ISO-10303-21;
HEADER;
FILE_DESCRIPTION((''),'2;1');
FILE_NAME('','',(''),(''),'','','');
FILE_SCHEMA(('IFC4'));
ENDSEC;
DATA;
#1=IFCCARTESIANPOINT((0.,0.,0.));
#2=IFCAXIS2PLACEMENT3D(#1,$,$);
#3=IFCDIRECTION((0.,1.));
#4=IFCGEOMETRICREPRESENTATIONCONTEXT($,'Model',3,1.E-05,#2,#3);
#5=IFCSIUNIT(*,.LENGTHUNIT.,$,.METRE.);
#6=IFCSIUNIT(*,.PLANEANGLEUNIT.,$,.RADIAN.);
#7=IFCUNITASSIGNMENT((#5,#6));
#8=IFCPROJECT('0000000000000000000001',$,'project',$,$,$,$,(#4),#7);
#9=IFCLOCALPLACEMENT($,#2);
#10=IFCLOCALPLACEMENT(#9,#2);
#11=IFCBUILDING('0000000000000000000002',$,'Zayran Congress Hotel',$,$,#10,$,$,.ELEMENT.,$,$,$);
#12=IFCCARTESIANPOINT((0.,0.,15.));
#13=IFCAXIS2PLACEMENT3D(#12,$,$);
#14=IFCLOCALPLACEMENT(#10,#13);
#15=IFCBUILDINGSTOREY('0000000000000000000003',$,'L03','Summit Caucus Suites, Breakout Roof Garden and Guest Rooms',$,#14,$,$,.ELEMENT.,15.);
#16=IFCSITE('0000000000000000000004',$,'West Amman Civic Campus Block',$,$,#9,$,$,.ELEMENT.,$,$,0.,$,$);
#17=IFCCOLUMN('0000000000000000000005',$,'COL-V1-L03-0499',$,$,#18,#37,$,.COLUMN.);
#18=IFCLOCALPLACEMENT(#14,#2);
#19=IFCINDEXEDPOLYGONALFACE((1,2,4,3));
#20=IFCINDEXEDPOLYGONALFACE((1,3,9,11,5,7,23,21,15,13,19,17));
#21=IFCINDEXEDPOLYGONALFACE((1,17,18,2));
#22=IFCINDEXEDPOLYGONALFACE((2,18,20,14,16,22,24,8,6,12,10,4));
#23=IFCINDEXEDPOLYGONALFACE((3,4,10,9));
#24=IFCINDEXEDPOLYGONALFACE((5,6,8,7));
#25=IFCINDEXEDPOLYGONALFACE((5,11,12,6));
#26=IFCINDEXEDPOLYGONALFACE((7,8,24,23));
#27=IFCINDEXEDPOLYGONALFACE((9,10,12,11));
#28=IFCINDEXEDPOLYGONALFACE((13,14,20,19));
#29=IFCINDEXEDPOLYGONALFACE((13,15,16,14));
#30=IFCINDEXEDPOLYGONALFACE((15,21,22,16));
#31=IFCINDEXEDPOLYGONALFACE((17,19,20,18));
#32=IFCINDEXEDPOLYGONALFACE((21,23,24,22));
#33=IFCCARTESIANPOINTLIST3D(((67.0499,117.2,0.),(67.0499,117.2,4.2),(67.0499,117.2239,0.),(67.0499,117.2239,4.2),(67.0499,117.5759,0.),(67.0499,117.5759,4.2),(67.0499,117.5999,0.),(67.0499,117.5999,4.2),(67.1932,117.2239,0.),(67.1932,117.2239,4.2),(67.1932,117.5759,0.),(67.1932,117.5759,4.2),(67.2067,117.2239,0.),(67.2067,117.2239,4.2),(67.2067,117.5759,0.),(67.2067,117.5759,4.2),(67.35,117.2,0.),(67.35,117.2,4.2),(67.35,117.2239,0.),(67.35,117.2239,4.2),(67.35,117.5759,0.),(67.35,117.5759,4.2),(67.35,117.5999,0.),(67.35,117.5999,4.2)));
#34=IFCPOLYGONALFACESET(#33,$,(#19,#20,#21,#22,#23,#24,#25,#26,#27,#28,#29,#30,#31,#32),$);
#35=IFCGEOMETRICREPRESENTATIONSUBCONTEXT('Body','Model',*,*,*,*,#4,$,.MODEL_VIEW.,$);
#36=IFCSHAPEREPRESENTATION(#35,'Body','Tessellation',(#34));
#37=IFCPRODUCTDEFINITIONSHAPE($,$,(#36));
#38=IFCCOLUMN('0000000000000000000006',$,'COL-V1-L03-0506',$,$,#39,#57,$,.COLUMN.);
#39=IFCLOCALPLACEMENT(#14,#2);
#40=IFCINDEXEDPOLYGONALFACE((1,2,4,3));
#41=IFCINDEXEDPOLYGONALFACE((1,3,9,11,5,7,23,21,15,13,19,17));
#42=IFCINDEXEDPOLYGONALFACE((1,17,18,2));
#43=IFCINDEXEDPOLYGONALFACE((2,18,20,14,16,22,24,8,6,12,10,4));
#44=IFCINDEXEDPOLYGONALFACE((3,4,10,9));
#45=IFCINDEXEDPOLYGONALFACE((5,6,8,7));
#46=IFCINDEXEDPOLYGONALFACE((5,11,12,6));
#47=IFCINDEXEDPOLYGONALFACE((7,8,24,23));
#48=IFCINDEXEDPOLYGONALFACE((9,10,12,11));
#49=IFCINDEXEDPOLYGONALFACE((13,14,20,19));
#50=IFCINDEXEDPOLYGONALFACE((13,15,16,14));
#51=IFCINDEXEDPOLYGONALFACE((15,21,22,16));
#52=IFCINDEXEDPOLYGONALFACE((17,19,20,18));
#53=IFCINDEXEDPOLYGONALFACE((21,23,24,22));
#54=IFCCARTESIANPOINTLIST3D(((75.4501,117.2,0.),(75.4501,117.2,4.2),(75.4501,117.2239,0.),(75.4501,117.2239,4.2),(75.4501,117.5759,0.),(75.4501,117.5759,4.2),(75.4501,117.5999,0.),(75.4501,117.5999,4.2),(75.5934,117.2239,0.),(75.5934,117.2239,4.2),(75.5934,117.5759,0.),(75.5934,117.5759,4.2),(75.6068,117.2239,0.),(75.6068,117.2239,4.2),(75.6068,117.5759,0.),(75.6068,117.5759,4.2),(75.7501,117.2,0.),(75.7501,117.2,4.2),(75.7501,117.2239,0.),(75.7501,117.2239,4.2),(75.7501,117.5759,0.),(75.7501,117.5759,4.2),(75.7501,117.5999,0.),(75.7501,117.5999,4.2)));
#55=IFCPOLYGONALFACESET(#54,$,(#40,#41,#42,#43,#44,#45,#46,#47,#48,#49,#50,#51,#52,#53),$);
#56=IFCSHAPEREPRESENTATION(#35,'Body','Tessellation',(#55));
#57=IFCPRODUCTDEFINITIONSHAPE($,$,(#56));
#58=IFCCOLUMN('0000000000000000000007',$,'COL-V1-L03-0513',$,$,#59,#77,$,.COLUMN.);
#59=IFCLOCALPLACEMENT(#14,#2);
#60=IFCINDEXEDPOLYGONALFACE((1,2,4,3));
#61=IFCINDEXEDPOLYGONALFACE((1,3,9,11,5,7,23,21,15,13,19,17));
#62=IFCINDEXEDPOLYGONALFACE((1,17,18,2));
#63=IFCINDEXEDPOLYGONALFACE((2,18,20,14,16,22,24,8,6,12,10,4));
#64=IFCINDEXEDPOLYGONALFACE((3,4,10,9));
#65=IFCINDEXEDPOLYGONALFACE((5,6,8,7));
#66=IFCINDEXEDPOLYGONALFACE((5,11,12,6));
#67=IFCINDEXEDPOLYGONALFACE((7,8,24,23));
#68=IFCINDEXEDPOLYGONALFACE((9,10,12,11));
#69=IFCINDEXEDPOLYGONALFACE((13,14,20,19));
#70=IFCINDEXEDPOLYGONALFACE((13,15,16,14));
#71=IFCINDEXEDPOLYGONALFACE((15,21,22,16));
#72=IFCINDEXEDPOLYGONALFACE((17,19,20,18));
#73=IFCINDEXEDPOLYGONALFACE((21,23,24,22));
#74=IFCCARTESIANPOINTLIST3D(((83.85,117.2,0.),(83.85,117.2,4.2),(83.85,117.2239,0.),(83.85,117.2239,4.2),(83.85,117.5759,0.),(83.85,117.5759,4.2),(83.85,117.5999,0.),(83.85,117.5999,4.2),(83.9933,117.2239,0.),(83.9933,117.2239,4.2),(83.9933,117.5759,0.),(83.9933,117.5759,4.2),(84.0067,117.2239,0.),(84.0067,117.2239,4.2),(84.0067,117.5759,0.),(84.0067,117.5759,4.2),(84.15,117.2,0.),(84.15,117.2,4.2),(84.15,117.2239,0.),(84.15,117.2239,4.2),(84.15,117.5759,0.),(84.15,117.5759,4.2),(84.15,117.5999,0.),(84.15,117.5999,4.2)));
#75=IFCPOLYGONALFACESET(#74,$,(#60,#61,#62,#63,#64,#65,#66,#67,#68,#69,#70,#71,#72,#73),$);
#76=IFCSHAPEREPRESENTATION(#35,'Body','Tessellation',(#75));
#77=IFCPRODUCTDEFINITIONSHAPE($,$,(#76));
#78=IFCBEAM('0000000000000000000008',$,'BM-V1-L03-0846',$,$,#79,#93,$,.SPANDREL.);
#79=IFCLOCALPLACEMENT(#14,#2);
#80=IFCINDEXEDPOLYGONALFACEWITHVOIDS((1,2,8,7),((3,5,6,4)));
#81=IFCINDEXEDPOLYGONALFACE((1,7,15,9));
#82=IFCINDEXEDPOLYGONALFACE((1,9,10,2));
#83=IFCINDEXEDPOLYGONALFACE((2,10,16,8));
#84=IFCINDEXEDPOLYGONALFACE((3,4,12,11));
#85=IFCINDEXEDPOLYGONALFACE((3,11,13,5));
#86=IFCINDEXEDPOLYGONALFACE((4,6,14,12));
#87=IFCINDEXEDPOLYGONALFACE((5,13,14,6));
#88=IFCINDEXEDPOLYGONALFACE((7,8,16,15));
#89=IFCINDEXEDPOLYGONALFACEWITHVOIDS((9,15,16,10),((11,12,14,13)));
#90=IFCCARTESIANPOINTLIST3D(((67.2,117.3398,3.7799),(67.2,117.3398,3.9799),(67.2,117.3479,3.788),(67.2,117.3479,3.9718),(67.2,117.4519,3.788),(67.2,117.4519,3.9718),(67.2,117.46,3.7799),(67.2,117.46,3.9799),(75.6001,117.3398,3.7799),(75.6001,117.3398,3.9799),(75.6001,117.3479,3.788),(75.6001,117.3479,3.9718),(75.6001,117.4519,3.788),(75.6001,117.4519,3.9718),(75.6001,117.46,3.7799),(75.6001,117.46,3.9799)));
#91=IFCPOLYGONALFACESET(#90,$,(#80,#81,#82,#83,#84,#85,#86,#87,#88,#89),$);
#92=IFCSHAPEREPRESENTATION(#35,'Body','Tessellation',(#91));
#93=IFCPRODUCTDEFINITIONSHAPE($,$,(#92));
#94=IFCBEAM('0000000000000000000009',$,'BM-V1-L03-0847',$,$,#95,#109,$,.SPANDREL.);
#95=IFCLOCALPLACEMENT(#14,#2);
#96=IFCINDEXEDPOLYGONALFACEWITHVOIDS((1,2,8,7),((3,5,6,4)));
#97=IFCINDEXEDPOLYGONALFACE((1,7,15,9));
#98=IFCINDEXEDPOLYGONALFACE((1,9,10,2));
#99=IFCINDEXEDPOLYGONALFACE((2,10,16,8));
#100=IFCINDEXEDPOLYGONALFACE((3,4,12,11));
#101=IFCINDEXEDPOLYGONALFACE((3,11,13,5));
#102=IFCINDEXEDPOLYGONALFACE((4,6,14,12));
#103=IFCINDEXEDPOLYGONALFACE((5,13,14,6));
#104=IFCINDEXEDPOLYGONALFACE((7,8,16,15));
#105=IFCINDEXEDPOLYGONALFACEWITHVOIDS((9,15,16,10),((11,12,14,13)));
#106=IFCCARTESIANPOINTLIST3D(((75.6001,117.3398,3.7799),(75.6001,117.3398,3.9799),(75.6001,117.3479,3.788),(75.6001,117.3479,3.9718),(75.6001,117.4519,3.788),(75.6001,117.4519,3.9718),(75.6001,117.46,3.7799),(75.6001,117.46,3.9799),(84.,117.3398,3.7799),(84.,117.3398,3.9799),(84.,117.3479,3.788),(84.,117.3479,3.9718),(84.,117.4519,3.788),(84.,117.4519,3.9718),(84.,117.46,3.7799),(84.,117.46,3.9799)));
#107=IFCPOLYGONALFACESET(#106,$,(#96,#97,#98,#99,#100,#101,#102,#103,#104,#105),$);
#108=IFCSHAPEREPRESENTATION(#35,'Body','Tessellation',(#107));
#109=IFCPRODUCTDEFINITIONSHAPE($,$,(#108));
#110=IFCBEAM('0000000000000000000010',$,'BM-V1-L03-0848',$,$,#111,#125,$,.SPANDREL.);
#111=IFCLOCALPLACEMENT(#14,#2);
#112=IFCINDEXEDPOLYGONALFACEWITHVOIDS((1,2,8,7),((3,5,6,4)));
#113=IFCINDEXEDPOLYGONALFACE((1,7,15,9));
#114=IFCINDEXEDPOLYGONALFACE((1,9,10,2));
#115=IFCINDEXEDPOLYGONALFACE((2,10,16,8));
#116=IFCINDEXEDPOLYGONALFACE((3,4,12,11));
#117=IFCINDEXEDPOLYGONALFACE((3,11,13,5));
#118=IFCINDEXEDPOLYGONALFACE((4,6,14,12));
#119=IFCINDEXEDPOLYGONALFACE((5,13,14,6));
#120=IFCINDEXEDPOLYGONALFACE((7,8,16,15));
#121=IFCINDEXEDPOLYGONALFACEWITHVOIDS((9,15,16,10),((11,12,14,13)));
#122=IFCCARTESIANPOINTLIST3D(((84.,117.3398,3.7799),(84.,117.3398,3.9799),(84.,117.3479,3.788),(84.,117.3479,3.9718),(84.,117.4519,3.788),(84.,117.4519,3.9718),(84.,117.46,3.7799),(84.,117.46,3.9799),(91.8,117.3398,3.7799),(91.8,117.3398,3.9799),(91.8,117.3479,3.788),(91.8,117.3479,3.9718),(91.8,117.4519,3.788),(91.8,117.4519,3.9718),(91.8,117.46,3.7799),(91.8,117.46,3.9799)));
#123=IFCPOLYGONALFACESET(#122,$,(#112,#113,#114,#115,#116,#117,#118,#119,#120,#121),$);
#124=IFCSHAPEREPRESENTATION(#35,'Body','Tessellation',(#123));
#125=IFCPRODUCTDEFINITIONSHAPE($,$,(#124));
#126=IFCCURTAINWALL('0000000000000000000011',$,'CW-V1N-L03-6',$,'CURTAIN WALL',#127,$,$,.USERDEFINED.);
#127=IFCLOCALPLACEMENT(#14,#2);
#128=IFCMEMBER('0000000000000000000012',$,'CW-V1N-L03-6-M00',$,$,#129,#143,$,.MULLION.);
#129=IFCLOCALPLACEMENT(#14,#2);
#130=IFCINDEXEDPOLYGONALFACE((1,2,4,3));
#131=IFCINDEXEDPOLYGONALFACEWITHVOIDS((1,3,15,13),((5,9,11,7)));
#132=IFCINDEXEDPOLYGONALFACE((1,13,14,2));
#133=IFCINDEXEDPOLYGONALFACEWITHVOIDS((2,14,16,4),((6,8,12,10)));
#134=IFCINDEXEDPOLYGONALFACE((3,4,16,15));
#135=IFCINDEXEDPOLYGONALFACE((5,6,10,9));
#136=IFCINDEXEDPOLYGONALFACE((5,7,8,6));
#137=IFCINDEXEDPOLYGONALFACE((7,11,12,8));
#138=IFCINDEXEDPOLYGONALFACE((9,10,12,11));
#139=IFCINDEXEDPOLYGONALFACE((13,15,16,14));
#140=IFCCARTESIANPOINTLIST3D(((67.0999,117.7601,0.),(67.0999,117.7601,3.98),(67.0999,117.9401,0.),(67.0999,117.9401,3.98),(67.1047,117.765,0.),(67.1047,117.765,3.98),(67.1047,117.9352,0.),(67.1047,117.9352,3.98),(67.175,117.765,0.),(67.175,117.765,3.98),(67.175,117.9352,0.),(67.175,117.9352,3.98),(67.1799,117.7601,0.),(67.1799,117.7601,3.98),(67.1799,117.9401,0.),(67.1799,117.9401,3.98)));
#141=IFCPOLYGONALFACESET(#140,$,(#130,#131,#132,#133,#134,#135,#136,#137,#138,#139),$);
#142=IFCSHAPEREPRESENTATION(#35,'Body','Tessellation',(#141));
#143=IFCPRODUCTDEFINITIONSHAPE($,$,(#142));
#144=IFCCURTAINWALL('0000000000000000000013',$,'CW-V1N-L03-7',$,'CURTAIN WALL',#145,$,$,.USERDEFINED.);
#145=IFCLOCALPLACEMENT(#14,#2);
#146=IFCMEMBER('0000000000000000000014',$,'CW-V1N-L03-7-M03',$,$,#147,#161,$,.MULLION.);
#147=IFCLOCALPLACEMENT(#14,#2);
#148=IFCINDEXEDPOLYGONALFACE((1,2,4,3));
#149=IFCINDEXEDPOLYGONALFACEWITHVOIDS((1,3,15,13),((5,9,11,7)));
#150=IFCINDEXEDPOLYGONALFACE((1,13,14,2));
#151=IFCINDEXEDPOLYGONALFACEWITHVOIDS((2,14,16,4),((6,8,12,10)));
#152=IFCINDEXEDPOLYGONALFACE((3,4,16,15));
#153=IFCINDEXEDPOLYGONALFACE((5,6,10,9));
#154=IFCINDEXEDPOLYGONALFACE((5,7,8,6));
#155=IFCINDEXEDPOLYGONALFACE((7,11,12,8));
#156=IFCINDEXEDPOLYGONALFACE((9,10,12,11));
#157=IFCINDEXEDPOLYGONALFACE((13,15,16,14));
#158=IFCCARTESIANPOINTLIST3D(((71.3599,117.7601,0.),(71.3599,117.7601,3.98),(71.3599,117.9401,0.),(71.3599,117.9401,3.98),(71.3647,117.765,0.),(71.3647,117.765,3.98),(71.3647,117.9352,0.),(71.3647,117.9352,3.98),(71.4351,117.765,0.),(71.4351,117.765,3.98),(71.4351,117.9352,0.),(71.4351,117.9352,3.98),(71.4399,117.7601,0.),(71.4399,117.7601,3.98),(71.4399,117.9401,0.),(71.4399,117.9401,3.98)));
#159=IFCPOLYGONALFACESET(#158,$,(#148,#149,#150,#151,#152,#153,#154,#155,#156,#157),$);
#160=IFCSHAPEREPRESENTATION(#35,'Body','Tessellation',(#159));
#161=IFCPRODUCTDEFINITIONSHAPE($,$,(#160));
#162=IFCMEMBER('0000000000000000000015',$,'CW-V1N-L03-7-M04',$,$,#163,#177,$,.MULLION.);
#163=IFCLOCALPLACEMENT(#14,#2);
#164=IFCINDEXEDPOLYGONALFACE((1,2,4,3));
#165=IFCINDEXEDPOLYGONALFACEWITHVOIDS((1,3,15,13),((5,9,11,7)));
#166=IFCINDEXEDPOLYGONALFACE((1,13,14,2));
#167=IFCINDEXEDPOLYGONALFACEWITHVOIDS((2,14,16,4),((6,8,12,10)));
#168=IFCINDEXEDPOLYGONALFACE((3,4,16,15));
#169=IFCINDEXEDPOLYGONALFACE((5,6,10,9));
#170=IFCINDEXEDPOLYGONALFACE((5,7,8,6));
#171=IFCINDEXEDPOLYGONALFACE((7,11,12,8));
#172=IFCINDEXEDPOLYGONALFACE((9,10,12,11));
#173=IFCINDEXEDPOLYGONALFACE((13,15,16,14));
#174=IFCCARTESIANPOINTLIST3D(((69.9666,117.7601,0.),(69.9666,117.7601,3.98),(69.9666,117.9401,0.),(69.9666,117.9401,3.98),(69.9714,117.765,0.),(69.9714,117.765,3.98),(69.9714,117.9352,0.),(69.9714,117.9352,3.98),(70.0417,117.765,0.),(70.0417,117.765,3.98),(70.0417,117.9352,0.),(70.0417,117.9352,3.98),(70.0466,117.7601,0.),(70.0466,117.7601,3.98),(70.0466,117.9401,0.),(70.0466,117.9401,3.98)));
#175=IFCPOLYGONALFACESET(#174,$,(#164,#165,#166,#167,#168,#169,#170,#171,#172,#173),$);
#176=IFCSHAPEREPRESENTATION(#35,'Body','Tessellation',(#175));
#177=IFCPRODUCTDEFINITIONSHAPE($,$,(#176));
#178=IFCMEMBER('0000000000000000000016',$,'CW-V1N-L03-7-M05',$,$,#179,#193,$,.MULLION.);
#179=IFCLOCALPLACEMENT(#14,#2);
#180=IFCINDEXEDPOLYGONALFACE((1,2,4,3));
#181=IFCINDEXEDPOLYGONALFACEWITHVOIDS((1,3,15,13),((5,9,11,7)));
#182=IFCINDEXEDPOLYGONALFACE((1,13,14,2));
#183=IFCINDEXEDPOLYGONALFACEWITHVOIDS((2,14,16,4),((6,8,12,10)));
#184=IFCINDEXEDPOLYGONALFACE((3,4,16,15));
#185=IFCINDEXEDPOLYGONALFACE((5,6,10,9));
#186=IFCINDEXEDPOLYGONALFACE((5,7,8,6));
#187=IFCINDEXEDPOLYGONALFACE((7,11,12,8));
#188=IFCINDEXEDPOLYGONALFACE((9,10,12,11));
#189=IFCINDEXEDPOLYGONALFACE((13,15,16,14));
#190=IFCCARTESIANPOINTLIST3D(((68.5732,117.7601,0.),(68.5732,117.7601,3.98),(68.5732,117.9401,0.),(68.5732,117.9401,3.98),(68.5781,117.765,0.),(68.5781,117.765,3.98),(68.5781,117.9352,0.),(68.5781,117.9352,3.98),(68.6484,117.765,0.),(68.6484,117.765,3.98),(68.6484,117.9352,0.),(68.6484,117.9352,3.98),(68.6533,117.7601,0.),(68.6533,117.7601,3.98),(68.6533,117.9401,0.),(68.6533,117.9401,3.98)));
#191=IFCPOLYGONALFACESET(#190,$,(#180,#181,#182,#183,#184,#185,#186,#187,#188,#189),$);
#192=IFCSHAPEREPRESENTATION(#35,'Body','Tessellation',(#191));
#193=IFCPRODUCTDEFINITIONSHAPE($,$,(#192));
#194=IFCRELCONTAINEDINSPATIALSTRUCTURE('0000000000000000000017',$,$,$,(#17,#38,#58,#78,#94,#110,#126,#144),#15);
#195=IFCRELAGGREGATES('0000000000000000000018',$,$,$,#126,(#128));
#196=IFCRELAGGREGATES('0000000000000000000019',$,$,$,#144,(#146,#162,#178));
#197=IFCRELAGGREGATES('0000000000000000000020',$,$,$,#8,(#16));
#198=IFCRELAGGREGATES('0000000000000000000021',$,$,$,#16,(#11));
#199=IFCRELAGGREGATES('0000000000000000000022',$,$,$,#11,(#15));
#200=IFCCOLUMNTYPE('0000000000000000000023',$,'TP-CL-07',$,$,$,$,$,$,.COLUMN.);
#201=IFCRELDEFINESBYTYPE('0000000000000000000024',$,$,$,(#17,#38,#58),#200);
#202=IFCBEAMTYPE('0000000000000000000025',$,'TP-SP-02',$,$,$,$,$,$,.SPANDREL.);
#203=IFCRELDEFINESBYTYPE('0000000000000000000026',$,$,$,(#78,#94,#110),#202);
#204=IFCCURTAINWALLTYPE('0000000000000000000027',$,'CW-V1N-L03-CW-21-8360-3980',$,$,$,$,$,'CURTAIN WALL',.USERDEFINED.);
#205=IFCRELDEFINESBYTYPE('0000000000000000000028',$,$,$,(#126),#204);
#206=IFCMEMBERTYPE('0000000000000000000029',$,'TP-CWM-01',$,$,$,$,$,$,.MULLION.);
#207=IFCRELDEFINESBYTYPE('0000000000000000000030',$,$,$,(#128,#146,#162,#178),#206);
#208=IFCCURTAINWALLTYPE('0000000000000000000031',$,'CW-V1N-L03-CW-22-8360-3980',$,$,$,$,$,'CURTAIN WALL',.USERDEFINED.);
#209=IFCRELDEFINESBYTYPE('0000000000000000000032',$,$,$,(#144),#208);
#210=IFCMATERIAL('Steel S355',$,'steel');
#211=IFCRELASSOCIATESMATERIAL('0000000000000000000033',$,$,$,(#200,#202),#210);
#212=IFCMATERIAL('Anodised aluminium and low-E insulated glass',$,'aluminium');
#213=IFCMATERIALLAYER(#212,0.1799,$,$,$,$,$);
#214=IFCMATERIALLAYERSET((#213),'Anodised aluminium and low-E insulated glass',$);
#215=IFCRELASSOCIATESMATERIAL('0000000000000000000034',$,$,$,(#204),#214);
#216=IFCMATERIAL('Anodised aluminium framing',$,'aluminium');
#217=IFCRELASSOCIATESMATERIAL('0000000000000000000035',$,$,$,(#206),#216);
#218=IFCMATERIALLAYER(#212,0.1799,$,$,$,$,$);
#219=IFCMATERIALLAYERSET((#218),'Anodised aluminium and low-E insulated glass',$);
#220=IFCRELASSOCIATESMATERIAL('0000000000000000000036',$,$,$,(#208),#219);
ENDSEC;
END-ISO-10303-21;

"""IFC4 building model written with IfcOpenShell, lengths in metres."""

from ifc_helpers import new_model, si_unit, direction, frame, origin, origin_2d, place, context, subcontext, project, spatial, hollow_rectangle, i_section, extrude, material, layer, layer_set, material_profile, profile_set, type_object, element, aggregate, save


model = new_model("IFC4")

# Units and contexts
model_context = context("Model", 3, precision=1e-05, world=origin(), true_north=direction((0.0, 1.0)))
body_context = subcontext(model_context, "Body", "Model", "MODEL_VIEW")
ifc_project = project(units=[si_unit("LENGTHUNIT", "METRE"), si_unit("PLANEANGLEUNIT", "RADIAN")], contexts=[model_context])

# Site, building, storey
site_placement = place(None, origin())
site = spatial("IfcSite", under=ifc_project, at=site_placement, Name="West Amman Civic Campus Block", CompositionType="ELEMENT", RefElevation=0.0)
building_placement = place(site_placement, origin())
building = spatial("IfcBuilding", under=site, at=building_placement, Name="Zayran Congress Hotel", CompositionType="ELEMENT")
storey_placement = place(building_placement, frame((0.0, 0.0, 15.0)))
storey = spatial("IfcBuildingStorey", under=building, at=storey_placement, Name="L03", Description="Summit Caucus Suites, Breakout Roof Garden and Guest Rooms", CompositionType="ELEMENT", Elevation=15.0)

# Columns
ifc_material_1 = material(Name="Steel S355", Category="steel")
ifc_material_profile_1 = material_profile(ifc_material_1, i_section(OverallWidth=0.3, OverallDepth=0.3999, WebThickness=0.0134, FlangeThickness=0.0239, at=origin_2d()), Name="HEB 400")
ifc_profile_set_1 = profile_set([ifc_material_profile_1], Name="Steel S355")
column_type = type_object("IfcColumnType", Name="TP-CL-07", PredefinedType="COLUMN", material=ifc_profile_set_1)
for number, where, z_axis, x_axis, name in (
    (1, (67.2, 117.3999, 0.0), (0.0, 0.0, 1.0), (1.0, 0.0, 0.0), "COL-V1-L03-0499"),
    (2, (75.6001, 117.3999, 0.0), (0.0, 0.0, 1.0), (1.0, 0.0, 0.0), "COL-V1-L03-0506"),
    (3, (84.0, 117.3999, 0.0), (0.0, 0.0, 1.0), (1.0, 0.0, 0.0), "COL-V1-L03-0513"),
):
    element("IfcColumn", number, at=place(storey_placement, frame(where, z_axis=z_axis, x_axis=x_axis)), inside=storey, type_object=column_type, Name=name, PredefinedType="COLUMN", context=body_context, shape_type="SweptSolid", body=[
        extrude(i_section(OverallWidth=0.3, OverallDepth=0.3999, WebThickness=0.0134, FlangeThickness=0.0239, at=origin_2d()), origin(), (0.0, 0.0, 1.0), 4.2),
    ])

# Beams
ifc_material_profile_2 = material_profile(ifc_material_1, hollow_rectangle(XDim=0.1201, YDim=0.2, WallThickness=0.0081, at=origin_2d()), Name="RHS 200x120x8")
ifc_profile_set_2 = profile_set([ifc_material_profile_2], Name="Steel S355")
beam_type = type_object("IfcBeamType", Name="TP-SP-02", PredefinedType="SPANDREL", material=ifc_profile_set_2)
beam_1_placement = place(storey_placement, frame((67.2, 117.3999, 3.8799), z_axis=(1.0, 0.0, 0.0), x_axis=(0.0, 1.0, 0.0)))
element("IfcBeam", 4, at=beam_1_placement, inside=storey, type_object=beam_type, Name="BM-V1-L03-0846", PredefinedType="SPANDREL", context=body_context, shape_type="SweptSolid", body=[
    extrude(hollow_rectangle(XDim=0.1201, YDim=0.2, WallThickness=0.0081, at=origin_2d()), origin(), (0.0, 0.0, 1.0), 8.4001),
])
beam_2_placement = place(storey_placement, frame((75.6001, 117.3999, 3.8799), z_axis=(1.0, 0.0, 0.0), x_axis=(0.0, 1.0, 0.0)))
element("IfcBeam", 5, at=beam_2_placement, inside=storey, type_object=beam_type, Name="BM-V1-L03-0847", PredefinedType="SPANDREL", context=body_context, shape_type="SweptSolid", body=[
    extrude(hollow_rectangle(XDim=0.1201, YDim=0.2, WallThickness=0.0081, at=origin_2d()), origin(), (0.0, 0.0, 1.0), 8.3999),
])
beam_3_placement = place(storey_placement, frame((84.0, 117.3999, 3.8799), z_axis=(1.0, 0.0, 0.0), x_axis=(0.0, 1.0, 0.0)))
element("IfcBeam", 6, at=beam_3_placement, inside=storey, type_object=beam_type, Name="BM-V1-L03-0848", PredefinedType="SPANDREL", context=body_context, shape_type="SweptSolid", body=[
    extrude(hollow_rectangle(XDim=0.1201, YDim=0.2, WallThickness=0.0081, at=origin_2d()), origin(), (0.0, 0.0, 1.0), 7.8),
])

# Curtain wall, member
ifc_material_2 = material(Name="Anodised aluminium and low-E insulated glass", Category="aluminium")
ifc_layer_1 = layer(ifc_material_2, 0.1799)
ifc_layer_set_1 = layer_set([ifc_layer_1], Name="Anodised aluminium and low-E insulated glass")
curtain_wall_type_1 = type_object("IfcCurtainWallType", Name="CW-V1N-L03-CW-21-8360-3980", ElementType="CURTAIN WALL", PredefinedType="USERDEFINED", material=ifc_layer_set_1)
curtain_wall_1_placement = place(storey_placement, origin())
curtain_wall_1 = element("IfcCurtainWall", 7, at=curtain_wall_1_placement, inside=storey, type_object=curtain_wall_type_1, Name="CW-V1N-L03-6", ObjectType="CURTAIN WALL", PredefinedType="USERDEFINED")
ifc_material_3 = material(Name="Anodised aluminium framing", Category="aluminium")
ifc_material_profile_3 = material_profile(ifc_material_3, hollow_rectangle(XDim=0.0801, YDim=0.1799, WallThickness=0.0049, at=origin_2d()), Name="RHS 180x80x5")
ifc_profile_set_3 = profile_set([ifc_material_profile_3], Name="Anodised aluminium framing")
member_type_1 = type_object("IfcMemberType", Name="TP-CWM-01", PredefinedType="MULLION", material=ifc_profile_set_3)
member_1_placement = place(storey_placement, frame((67.1399, 117.8501, 0.0), z_axis=(0.0, 0.0, 1.0), x_axis=(1.0, 0.0, 0.0)))
member_1 = element("IfcMember", 8, at=member_1_placement, type_object=member_type_1, Name="CW-V1N-L03-6-M00", PredefinedType="MULLION", context=body_context, shape_type="SweptSolid", body=[
    extrude(hollow_rectangle(XDim=0.0801, YDim=0.1799, WallThickness=0.0049, at=origin_2d()), origin(), (0.0, 0.0, 1.0), 3.98),
])
aggregate(curtain_wall_1, [member_1])

# Curtain wall, members
ifc_layer_2 = layer(ifc_material_2, 0.1799)
ifc_layer_set_2 = layer_set([ifc_layer_2], Name="Anodised aluminium and low-E insulated glass")
curtain_wall_type_2 = type_object("IfcCurtainWallType", Name="CW-V1N-L03-CW-22-8360-3980", ElementType="CURTAIN WALL", PredefinedType="USERDEFINED", material=ifc_layer_set_2)
curtain_wall_2_placement = place(storey_placement, origin())
curtain_wall_2 = element("IfcCurtainWall", 9, at=curtain_wall_2_placement, inside=storey, type_object=curtain_wall_type_2, Name="CW-V1N-L03-7", ObjectType="CURTAIN WALL", PredefinedType="USERDEFINED")
member_2_placement = place(storey_placement, frame((71.3999, 117.8501, 0.0), z_axis=(0.0, 0.0, 1.0), x_axis=(1.0, 0.0, 0.0)))
member_2 = element("IfcMember", 10, at=member_2_placement, type_object=member_type_1, Name="CW-V1N-L03-7-M03", PredefinedType="MULLION", context=body_context, shape_type="SweptSolid", body=[
    extrude(hollow_rectangle(XDim=0.0801, YDim=0.1799, WallThickness=0.0049, at=origin_2d()), origin(), (0.0, 0.0, 1.0), 3.98),
])
member_3_placement = place(storey_placement, frame((70.0066, 117.8501, 0.0), z_axis=(0.0, 0.0, 1.0), x_axis=(1.0, 0.0, 0.0)))
member_3 = element("IfcMember", 11, at=member_3_placement, type_object=member_type_1, Name="CW-V1N-L03-7-M04", PredefinedType="MULLION", context=body_context, shape_type="SweptSolid", body=[
    extrude(hollow_rectangle(XDim=0.0801, YDim=0.1799, WallThickness=0.0049, at=origin_2d()), origin(), (0.0, 0.0, 1.0), 3.98),
])
member_4_placement = place(storey_placement, frame((68.6133, 117.8501, 0.0), z_axis=(0.0, 0.0, 1.0), x_axis=(1.0, 0.0, 0.0)))
member_4 = element("IfcMember", 12, at=member_4_placement, type_object=member_type_1, Name="CW-V1N-L03-7-M05", PredefinedType="MULLION", context=body_context, shape_type="SweptSolid", body=[
    extrude(hollow_rectangle(XDim=0.0801, YDim=0.1799, WallThickness=0.0049, at=origin_2d()), origin(), (0.0, 0.0, 1.0), 3.98),
])
aggregate(curtain_wall_2, [member_2, member_3, member_4])

save(model, "model.ifc")
